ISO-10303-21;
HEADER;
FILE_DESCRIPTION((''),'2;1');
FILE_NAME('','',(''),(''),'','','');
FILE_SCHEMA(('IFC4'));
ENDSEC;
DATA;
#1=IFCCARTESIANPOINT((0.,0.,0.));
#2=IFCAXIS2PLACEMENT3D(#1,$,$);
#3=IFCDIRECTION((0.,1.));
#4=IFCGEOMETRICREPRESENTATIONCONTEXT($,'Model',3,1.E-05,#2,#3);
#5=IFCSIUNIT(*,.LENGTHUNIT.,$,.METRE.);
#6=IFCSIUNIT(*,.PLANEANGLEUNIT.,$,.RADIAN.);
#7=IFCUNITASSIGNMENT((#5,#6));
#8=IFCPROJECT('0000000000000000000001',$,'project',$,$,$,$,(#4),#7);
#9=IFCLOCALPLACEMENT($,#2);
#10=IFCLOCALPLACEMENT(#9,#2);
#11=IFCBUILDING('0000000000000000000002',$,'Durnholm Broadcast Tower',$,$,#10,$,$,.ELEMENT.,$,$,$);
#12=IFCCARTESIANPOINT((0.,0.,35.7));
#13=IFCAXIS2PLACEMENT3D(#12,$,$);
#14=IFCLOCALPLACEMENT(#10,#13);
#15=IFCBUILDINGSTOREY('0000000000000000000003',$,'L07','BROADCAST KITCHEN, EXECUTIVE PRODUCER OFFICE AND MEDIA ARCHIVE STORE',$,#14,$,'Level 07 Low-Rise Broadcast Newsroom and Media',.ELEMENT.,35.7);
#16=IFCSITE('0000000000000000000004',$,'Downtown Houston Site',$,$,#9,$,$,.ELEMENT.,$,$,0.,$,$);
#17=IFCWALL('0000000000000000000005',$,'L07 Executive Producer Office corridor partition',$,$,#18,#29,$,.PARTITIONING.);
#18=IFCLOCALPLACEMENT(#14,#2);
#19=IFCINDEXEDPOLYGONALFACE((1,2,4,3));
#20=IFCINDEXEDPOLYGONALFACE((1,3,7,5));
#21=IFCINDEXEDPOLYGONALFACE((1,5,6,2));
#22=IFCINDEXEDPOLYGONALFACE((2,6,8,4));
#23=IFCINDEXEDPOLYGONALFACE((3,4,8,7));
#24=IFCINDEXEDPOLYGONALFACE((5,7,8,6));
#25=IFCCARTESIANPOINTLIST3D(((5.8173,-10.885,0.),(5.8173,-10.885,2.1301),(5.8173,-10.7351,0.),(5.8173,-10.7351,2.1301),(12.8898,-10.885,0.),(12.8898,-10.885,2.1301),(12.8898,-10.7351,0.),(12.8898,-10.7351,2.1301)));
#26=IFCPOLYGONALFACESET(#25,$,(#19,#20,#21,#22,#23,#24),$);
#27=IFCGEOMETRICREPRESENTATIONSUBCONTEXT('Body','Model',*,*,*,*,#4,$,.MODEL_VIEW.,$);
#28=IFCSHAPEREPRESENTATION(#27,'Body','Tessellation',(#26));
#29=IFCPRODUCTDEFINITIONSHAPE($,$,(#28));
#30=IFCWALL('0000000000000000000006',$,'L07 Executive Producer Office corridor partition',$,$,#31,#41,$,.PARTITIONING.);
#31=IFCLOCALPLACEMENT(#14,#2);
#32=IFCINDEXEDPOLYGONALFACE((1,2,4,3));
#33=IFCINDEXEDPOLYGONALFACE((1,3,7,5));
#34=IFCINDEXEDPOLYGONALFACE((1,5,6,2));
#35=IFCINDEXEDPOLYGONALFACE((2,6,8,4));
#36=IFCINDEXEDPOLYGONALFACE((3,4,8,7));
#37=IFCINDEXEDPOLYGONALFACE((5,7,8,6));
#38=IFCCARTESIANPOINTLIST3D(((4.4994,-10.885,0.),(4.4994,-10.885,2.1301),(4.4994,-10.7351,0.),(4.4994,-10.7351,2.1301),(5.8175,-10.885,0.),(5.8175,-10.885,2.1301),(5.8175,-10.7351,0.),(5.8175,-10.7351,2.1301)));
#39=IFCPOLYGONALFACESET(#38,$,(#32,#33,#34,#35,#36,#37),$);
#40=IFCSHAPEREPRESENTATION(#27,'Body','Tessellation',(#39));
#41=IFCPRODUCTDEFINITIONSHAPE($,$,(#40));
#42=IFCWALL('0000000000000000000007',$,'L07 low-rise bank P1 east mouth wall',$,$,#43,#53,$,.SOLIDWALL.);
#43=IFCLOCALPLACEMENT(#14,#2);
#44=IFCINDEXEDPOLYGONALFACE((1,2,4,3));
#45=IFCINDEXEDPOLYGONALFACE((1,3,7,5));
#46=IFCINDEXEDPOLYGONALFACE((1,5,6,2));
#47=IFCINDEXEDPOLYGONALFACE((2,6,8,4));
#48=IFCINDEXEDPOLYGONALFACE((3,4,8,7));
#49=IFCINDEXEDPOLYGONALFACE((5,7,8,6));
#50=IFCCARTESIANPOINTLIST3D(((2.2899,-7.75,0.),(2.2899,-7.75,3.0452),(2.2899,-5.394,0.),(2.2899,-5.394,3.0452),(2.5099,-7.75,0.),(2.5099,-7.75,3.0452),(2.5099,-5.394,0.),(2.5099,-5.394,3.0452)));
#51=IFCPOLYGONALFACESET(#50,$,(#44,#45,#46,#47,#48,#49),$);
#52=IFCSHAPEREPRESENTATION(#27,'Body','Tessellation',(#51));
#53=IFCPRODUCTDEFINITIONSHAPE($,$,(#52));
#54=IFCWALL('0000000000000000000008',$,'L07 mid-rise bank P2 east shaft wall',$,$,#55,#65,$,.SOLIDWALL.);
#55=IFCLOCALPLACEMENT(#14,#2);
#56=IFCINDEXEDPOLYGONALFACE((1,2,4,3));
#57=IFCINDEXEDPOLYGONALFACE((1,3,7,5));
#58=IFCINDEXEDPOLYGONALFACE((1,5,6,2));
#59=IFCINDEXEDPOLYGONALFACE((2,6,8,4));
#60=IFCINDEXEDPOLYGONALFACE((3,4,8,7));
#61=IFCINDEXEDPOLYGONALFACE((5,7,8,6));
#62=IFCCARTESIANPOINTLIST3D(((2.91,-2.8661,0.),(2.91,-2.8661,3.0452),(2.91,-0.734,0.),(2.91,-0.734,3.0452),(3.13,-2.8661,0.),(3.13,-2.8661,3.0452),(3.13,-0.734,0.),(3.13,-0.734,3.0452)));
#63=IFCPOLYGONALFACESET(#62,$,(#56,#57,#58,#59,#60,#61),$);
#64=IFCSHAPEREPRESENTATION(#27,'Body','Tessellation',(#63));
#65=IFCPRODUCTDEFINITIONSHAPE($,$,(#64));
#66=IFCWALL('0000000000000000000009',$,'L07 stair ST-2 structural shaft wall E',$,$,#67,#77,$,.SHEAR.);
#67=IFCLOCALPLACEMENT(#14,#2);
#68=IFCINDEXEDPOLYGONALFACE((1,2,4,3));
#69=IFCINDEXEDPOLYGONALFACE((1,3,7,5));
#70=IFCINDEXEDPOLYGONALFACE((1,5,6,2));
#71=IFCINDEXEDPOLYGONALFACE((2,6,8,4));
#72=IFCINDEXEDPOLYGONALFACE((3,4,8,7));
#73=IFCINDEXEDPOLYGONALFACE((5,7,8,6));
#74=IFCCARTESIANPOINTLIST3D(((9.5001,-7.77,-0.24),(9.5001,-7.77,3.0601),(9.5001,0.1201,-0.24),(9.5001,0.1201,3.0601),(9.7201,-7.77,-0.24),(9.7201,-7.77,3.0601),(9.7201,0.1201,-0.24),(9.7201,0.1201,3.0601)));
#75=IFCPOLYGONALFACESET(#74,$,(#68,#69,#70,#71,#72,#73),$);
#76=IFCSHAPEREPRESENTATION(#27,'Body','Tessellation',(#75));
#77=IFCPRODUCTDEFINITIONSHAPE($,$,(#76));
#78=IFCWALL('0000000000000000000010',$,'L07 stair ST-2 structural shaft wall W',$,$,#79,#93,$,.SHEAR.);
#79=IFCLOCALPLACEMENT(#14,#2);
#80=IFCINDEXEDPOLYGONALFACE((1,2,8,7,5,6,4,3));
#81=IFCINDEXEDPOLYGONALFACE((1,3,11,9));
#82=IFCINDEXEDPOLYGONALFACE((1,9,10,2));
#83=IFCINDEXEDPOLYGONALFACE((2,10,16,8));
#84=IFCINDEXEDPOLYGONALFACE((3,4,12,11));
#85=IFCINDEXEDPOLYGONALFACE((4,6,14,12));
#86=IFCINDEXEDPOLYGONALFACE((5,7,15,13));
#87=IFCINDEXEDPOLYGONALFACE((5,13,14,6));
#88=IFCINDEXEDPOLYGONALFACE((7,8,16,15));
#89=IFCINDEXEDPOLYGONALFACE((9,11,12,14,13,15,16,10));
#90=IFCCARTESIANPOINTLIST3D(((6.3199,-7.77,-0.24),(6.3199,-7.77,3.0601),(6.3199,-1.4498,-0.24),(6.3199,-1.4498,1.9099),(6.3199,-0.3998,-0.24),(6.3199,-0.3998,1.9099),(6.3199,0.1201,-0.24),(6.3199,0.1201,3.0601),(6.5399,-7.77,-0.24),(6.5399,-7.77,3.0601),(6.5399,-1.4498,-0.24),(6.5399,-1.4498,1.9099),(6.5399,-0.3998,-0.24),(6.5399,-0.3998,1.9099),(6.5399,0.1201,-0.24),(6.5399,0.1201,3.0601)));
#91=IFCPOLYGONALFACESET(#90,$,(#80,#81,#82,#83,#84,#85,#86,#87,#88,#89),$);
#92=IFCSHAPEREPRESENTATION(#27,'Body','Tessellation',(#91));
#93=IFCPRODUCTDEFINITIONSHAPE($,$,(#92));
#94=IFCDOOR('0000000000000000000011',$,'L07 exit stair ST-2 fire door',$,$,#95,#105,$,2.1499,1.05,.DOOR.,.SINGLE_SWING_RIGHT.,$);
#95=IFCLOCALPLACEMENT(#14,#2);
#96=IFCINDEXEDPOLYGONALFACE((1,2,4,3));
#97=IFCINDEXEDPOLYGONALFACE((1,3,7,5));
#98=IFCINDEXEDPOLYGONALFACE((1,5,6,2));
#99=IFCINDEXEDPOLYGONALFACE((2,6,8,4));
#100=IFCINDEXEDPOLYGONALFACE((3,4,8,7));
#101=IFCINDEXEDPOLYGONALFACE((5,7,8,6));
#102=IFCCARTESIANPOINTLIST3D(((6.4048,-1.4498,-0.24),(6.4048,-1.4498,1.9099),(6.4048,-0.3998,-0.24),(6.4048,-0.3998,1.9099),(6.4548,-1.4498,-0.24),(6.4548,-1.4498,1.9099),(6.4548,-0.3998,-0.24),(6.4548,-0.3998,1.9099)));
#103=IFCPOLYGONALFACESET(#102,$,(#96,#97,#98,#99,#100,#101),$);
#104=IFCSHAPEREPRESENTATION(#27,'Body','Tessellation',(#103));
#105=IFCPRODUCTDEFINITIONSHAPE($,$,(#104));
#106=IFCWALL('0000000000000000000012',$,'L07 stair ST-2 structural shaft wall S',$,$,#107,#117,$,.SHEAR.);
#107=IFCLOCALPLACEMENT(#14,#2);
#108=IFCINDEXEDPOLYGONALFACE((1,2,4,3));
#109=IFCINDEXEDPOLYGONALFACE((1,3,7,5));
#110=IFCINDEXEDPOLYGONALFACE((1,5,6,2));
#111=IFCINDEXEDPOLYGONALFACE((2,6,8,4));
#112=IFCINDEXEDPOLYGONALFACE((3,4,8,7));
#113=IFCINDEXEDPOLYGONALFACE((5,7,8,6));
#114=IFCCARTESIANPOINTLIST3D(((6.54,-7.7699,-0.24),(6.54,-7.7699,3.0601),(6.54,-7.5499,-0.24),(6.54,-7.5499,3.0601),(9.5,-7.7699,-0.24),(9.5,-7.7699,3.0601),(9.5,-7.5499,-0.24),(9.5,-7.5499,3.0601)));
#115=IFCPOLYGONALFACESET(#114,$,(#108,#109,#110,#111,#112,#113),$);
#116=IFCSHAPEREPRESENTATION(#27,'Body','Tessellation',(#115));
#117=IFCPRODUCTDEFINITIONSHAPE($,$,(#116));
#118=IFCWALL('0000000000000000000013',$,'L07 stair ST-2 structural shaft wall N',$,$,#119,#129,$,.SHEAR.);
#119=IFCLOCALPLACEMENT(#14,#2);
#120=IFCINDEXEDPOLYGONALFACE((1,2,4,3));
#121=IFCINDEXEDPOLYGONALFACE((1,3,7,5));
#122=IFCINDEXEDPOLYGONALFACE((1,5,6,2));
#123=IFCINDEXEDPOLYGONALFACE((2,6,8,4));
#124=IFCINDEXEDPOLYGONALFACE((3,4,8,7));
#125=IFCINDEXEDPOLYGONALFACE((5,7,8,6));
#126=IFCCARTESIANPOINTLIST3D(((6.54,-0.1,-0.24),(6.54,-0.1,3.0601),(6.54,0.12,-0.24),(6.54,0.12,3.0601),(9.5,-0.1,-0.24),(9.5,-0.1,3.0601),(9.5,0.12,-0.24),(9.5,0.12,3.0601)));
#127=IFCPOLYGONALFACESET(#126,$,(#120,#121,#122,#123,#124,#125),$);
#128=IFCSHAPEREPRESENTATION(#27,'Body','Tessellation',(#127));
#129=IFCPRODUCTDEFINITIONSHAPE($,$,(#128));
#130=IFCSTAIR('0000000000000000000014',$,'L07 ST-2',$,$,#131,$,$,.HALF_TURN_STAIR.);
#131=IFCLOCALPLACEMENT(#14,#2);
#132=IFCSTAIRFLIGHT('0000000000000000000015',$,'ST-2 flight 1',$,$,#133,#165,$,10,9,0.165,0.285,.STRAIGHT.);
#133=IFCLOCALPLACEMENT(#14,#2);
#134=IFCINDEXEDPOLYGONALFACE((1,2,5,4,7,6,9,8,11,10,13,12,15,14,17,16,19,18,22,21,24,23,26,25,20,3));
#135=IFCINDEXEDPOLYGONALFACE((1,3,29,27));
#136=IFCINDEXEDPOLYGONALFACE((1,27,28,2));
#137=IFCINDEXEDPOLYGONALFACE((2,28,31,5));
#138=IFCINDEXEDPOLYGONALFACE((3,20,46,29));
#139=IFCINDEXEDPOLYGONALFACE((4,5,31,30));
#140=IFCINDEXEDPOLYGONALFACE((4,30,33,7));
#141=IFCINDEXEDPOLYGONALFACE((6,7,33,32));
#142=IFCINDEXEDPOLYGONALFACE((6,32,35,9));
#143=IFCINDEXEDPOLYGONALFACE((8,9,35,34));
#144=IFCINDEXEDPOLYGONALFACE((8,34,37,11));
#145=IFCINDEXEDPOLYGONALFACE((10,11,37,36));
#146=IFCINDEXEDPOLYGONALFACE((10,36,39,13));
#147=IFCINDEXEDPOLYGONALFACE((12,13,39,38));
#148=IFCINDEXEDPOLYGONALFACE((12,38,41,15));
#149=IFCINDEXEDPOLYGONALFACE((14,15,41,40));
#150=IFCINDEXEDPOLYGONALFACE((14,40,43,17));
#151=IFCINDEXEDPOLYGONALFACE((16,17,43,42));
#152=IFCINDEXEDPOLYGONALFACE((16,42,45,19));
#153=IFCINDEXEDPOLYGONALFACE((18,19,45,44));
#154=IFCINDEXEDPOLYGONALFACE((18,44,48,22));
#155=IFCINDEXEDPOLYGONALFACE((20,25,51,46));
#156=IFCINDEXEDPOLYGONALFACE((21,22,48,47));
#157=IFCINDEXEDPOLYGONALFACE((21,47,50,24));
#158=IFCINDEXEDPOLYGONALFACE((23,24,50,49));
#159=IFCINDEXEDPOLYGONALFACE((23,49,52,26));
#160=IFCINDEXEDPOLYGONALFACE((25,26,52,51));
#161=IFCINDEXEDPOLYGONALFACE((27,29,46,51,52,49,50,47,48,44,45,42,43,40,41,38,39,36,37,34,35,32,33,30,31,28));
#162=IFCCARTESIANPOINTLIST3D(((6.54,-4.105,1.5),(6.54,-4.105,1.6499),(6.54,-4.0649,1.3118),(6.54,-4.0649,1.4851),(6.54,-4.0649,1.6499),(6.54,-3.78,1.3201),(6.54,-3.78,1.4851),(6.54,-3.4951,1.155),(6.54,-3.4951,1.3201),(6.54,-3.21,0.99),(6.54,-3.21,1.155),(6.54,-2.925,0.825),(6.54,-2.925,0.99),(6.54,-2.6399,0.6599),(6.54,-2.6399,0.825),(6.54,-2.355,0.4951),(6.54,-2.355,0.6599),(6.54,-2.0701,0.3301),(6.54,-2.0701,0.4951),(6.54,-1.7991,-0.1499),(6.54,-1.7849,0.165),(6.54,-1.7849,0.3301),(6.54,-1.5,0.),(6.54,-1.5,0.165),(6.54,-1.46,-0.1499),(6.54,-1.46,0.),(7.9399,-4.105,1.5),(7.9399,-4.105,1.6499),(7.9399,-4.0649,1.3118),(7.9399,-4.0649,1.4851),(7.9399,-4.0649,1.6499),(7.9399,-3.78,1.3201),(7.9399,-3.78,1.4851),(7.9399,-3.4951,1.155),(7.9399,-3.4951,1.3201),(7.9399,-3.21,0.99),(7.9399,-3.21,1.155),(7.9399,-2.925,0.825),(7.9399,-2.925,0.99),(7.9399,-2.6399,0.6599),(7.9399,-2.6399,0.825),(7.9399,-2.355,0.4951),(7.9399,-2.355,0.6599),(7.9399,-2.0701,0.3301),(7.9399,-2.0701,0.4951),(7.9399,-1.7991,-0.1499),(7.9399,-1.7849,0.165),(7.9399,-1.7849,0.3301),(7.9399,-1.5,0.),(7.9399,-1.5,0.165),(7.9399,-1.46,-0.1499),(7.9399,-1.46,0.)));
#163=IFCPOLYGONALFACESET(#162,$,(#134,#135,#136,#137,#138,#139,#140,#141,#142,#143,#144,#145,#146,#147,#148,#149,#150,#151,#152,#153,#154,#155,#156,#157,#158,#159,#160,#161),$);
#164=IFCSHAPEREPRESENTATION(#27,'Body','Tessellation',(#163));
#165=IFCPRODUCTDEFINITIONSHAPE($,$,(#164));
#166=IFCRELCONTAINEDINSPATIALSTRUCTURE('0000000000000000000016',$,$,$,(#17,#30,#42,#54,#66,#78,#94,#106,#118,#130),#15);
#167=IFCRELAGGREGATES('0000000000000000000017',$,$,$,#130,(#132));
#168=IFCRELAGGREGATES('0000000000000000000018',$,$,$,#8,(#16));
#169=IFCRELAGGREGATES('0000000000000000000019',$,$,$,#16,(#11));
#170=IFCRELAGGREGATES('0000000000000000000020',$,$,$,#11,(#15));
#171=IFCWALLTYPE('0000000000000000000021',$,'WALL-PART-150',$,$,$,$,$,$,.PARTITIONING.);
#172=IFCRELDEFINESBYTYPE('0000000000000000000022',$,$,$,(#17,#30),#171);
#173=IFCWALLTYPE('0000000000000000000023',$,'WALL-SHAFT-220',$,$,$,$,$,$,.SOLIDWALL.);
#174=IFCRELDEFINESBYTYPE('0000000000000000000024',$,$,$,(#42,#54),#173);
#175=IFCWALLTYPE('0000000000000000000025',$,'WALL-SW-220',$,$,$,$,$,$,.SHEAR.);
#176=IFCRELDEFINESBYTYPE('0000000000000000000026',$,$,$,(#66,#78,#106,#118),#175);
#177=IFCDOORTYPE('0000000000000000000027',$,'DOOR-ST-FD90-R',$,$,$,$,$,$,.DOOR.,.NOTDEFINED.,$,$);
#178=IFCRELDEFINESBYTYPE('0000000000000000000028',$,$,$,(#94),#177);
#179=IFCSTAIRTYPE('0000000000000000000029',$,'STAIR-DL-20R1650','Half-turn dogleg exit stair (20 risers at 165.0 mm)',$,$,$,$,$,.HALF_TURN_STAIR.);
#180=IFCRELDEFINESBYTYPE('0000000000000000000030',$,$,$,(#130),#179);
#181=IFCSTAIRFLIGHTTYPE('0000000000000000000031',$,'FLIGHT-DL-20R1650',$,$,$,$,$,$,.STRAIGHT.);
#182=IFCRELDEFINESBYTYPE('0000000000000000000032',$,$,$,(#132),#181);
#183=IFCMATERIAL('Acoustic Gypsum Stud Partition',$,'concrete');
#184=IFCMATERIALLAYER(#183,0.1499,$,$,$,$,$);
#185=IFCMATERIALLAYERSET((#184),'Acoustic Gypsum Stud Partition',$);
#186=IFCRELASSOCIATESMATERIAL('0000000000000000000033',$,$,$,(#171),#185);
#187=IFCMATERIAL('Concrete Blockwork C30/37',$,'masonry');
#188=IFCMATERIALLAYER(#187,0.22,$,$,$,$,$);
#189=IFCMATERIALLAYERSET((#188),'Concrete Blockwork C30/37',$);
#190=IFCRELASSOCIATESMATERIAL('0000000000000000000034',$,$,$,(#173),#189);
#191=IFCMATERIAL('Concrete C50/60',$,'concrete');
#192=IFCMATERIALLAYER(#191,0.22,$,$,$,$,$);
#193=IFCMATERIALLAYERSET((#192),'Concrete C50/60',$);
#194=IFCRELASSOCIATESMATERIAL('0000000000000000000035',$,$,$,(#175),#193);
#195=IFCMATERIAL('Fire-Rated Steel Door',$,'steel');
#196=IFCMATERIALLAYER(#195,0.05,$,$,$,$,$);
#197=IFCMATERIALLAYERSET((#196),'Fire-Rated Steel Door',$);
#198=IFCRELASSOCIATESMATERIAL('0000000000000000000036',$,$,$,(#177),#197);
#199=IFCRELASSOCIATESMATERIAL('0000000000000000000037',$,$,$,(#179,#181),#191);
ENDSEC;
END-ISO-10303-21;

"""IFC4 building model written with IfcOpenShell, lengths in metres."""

from ifc_helpers import new_model, si_unit, direction, frame, frame_2d, origin, place, context, subcontext, project, spatial, polyline, rectangle, outline, extrude, source, transform, mapped, material, layer, layer_set, type_object, type_shapes, element, fill, aggregate, save


model = new_model("IFC4")

# Units and contexts
model_context = context("Model", 3, precision=1e-05, world=origin(), true_north=direction((0.0, 1.0)))
body_context = subcontext(model_context, "Body", "Model", "MODEL_VIEW")
ifc_project = project(units=[si_unit("LENGTHUNIT", "METRE"), si_unit("PLANEANGLEUNIT", "RADIAN")], contexts=[model_context])

# Site, building, storey
site_placement = place(None, origin())
site = spatial("IfcSite", under=ifc_project, at=site_placement, Name="Downtown Houston Site", CompositionType="ELEMENT", RefElevation=0.0)
building_placement = place(site_placement, origin())
building = spatial("IfcBuilding", under=site, at=building_placement, Name="Durnholm Broadcast Tower", CompositionType="ELEMENT")
storey_placement = place(building_placement, frame((0.0, 0.0, 35.7)))
storey = spatial("IfcBuildingStorey", under=building, at=storey_placement, Name="L07", Description="BROADCAST KITCHEN, EXECUTIVE PRODUCER OFFICE AND MEDIA ARCHIVE STORE", LongName="Level 07 Low-Rise Broadcast Newsroom and Media", CompositionType="ELEMENT", Elevation=35.7)

# Walls
ifc_material_1 = material(Name="Acoustic Gypsum Stud Partition", Category="concrete")
ifc_layer_1 = layer(ifc_material_1, 0.1499)
ifc_layer_set_1 = layer_set([ifc_layer_1], Name="Acoustic Gypsum Stud Partition")
wall_type_1 = type_object("IfcWallType", Name="WALL-PART-150", PredefinedType="PARTITIONING", material=ifc_layer_set_1)
wall_1_placement = place(storey_placement, frame((5.8174, -10.8101, 0.0), z_axis=(0.0, 0.0, 1.0), x_axis=(1.0, 0.0, 0.0)))
element("IfcWall", 1, at=wall_1_placement, inside=storey, type_object=wall_type_1, Name="L07 Executive Producer Office corridor partition", PredefinedType="PARTITIONING", context=body_context, shape_type="SweptSolid", body=[
    extrude(rectangle(XDim=7.0725, YDim=0.1499, at=frame_2d((3.5361, 0.0))), origin(), (0.0, 0.0, 1.0), 2.1301),
])
wall_2_placement = place(storey_placement, frame((4.4993, -10.8101, 0.0), z_axis=(0.0, 0.0, 1.0), x_axis=(1.0, 0.0, 0.0)))
element("IfcWall", 2, at=wall_2_placement, inside=storey, type_object=wall_type_1, Name="L07 Executive Producer Office corridor partition", PredefinedType="PARTITIONING", context=body_context, shape_type="SweptSolid", body=[
    extrude(rectangle(XDim=1.3181, YDim=0.1499, at=frame_2d((0.6592, 0.0))), origin(), (0.0, 0.0, 1.0), 2.1301),
])

# Shared definitions
ifc_material_2 = material(Name="Concrete Blockwork C30/37", Category="masonry")
ifc_layer_2 = layer(ifc_material_2, 0.22)
ifc_layer_set_2 = layer_set([ifc_layer_2], Name="Concrete Blockwork C30/37")
wall_type_2 = type_object("IfcWallType", Name="WALL-SHAFT-220", PredefinedType="SOLIDWALL", material=ifc_layer_set_2)

# Walls
wall_3_placement = place(storey_placement, frame((2.3999, -7.75, 0.0), z_axis=(0.0, 0.0, 1.0), x_axis=(0.0, 1.0, 0.0)))
element("IfcWall", 3, at=wall_3_placement, inside=storey, type_object=wall_type_2, Name="L07 low-rise bank P1 east mouth wall", PredefinedType="SOLIDWALL", context=body_context, shape_type="SweptSolid", body=[
    extrude(rectangle(XDim=2.356, YDim=0.22, at=frame_2d((1.178, 0.0))), origin(), (0.0, 0.0, 1.0), 3.0452),
])
wall_4_placement = place(storey_placement, frame((3.02, -2.866, 0.0), z_axis=(0.0, 0.0, 1.0), x_axis=(0.0, 1.0, 0.0)))
element("IfcWall", 4, at=wall_4_placement, inside=storey, type_object=wall_type_2, Name="L07 mid-rise bank P2 east shaft wall", PredefinedType="SOLIDWALL", context=body_context, shape_type="SweptSolid", body=[
    extrude(rectangle(XDim=2.1321, YDim=0.22, at=frame_2d((1.0659, 0.0))), origin(), (0.0, 0.0, 1.0), 3.0452),
])
ifc_material_3 = material(Name="Concrete C50/60", Category="concrete")
ifc_layer_3 = layer(ifc_material_3, 0.22)
ifc_layer_set_3 = layer_set([ifc_layer_3], Name="Concrete C50/60")
wall_type_3 = type_object("IfcWallType", Name="WALL-SW-220", PredefinedType="SHEAR", material=ifc_layer_set_3)
wall_5_placement = place(storey_placement, frame((9.6101, -7.77, -0.24), z_axis=(0.0, 0.0, 1.0), x_axis=(0.0, 1.0, 0.0)))
element("IfcWall", 5, at=wall_5_placement, inside=storey, type_object=wall_type_3, Name="L07 stair ST-2 structural shaft wall E", PredefinedType="SHEAR", context=body_context, shape_type="SweptSolid", body=[
    extrude(rectangle(XDim=7.8901, YDim=0.22, at=frame_2d((3.9451, 0.0))), origin(), (0.0, 0.0, 1.0), 3.3),
])

# Wall, opening, door
wall_6_placement = place(storey_placement, frame((6.4299, 0.1201, -0.24), z_axis=(0.0, 0.0, 1.0), x_axis=(0.0, -1.0, 0.0)))
wall_6 = element("IfcWall", 6, at=wall_6_placement, inside=storey, type_object=wall_type_3, Name="L07 stair ST-2 structural shaft wall W", PredefinedType="SHEAR", context=body_context, shape_type="SweptSolid", body=[
    extrude(rectangle(XDim=7.8901, YDim=0.22, at=frame_2d((3.9451, 0.0))), origin(), (0.0, 0.0, 1.0), 3.3),
])
opening_1_placement = place(wall_6_placement, frame((0.52, 0.0, 0.0)))
opening_1 = element("IfcOpeningElement", 7, at=opening_1_placement, cuts=wall_6, PredefinedType="OPENING", context=body_context, shape_type="SweptSolid", body=[
    extrude(rectangle(XDim=1.05, YDim=2.1499, at=frame_2d((0.5249, 1.075))), frame((0.0, 0.1201, 0.0), z_axis=(0.0, -1.0, 0.0), x_axis=(1.0, 0.0, 0.0)), (0.0, 0.0, 1.0), 0.24),
])
ifc_material_4 = material(Name="Fire-Rated Steel Door", Category="steel")
ifc_layer_4 = layer(ifc_material_4, 0.05)
ifc_layer_set_4 = layer_set([ifc_layer_4], Name="Fire-Rated Steel Door")
door_type_1 = type_object("IfcDoorType", Name="DOOR-ST-FD90-R", OperationType="NOTDEFINED", PredefinedType="DOOR", material=ifc_layer_set_4)
shared_shape_1 = source(origin(), body_context, "Body", "SweptSolid", [
    extrude(rectangle(XDim=1.05, YDim=2.1499, at=frame_2d((0.5249, 1.075))), frame((0.0, 0.0249, 0.0), z_axis=(0.0, -1.0, 0.0), x_axis=(1.0, 0.0, 0.0)), (0.0, 0.0, 1.0), 0.05),
])
type_shapes(door_type_1, [shared_shape_1])
door_1_placement = place(opening_1_placement, origin())
door_1 = element("IfcDoor", 8, at=door_1_placement, inside=storey, type_object=door_type_1, Name="L07 exit stair ST-2 fire door", OperationType="SINGLE_SWING_RIGHT", OverallHeight=2.1499, OverallWidth=1.05, PredefinedType="DOOR", context=body_context, shape_type="MappedRepresentation", body=[
    mapped(shared_shape_1, transform((0.0, 0.0, 0.0), x_axis=(1.0, 0.0, 0.0), y_axis=(0.0, 1.0, 0.0), z_axis=(0.0, 0.0, 1.0), scale=1.0)),
])
fill(opening_1, door_1)

# Walls
for number, where, z_axis, x_axis, name in (
    (9, (6.54, -7.6599, -0.24), (0.0, 0.0, 1.0), (1.0, 0.0, 0.0), "L07 stair ST-2 structural shaft wall S"),
    (10, (9.5, 0.01, -0.24), (0.0, 0.0, 1.0), (-1.0, 0.0, 0.0), "L07 stair ST-2 structural shaft wall N"),
):
    element("IfcWall", number, at=place(storey_placement, frame(where, z_axis=z_axis, x_axis=x_axis)), inside=storey, type_object=wall_type_3, Name=name, PredefinedType="SHEAR", context=body_context, shape_type="SweptSolid", body=[
        extrude(rectangle(XDim=2.96, YDim=0.22, at=frame_2d((1.48, 0.0))), origin(), (0.0, 0.0, 1.0), 3.3),
    ])

# Stair, stair flight
stair_type = type_object("IfcStairType", Name="STAIR-DL-20R1650", Description="Half-turn dogleg exit stair (20 risers at 165.0 mm)", PredefinedType="HALF_TURN_STAIR", material=ifc_material_3)
stair_placement = place(storey_placement, origin())
stair = element("IfcStair", 11, at=stair_placement, inside=storey, type_object=stair_type, Name="L07 ST-2", PredefinedType="HALF_TURN_STAIR")
stair_flight_type = type_object("IfcStairFlightType", Name="FLIGHT-DL-20R1650", PredefinedType="STRAIGHT", material=ifc_material_3)
stair_flight_1_placement = place(storey_placement, frame((7.24, -1.5, 0.0), z_axis=(0.0, 0.0, 1.0), x_axis=(0.0, -1.0, 0.0)))
stair_flight_1 = element("IfcStairFlight", 12, at=stair_flight_1_placement, type_object=stair_flight_type, Name="ST-2 flight 1", NumberOfRisers=10, NumberOfTreads=9, PredefinedType="STRAIGHT", RiserHeight=0.165, TreadLength=0.285, context=body_context, shape_type="SweptSolid", body=[
    extrude(outline(polyline([(-0.04, -0.1499), (-0.04, 0.0), (0.0, 0.0), (0.0, 0.165), (0.2849, 0.165), (0.2849, 0.3301), (0.5701, 0.3301), (0.5701, 0.4951), (0.855, 0.4951), (0.855, 0.6599), (1.1399, 0.6599), (1.1399, 0.825), (1.425, 0.825), (1.425, 0.99), (1.71, 0.99), (1.71, 1.155), (1.9951, 1.155), (1.9951, 1.3201), (2.28, 1.3201), (2.28, 1.4851), (2.5649, 1.4851), (2.5649, 1.6499), (2.605, 1.6499), (2.605, 1.5), (2.5649, 1.3118), (0.2991, -0.1499), (-0.04, -0.1499)])), frame((0.0, 0.7, 0.0), z_axis=(0.0, -1.0, 0.0), x_axis=(1.0, 0.0, 0.0)), (0.0, 0.0, 1.0), 1.3999),
])
aggregate(stair, [stair_flight_1])

save(model, "model.ifc")
